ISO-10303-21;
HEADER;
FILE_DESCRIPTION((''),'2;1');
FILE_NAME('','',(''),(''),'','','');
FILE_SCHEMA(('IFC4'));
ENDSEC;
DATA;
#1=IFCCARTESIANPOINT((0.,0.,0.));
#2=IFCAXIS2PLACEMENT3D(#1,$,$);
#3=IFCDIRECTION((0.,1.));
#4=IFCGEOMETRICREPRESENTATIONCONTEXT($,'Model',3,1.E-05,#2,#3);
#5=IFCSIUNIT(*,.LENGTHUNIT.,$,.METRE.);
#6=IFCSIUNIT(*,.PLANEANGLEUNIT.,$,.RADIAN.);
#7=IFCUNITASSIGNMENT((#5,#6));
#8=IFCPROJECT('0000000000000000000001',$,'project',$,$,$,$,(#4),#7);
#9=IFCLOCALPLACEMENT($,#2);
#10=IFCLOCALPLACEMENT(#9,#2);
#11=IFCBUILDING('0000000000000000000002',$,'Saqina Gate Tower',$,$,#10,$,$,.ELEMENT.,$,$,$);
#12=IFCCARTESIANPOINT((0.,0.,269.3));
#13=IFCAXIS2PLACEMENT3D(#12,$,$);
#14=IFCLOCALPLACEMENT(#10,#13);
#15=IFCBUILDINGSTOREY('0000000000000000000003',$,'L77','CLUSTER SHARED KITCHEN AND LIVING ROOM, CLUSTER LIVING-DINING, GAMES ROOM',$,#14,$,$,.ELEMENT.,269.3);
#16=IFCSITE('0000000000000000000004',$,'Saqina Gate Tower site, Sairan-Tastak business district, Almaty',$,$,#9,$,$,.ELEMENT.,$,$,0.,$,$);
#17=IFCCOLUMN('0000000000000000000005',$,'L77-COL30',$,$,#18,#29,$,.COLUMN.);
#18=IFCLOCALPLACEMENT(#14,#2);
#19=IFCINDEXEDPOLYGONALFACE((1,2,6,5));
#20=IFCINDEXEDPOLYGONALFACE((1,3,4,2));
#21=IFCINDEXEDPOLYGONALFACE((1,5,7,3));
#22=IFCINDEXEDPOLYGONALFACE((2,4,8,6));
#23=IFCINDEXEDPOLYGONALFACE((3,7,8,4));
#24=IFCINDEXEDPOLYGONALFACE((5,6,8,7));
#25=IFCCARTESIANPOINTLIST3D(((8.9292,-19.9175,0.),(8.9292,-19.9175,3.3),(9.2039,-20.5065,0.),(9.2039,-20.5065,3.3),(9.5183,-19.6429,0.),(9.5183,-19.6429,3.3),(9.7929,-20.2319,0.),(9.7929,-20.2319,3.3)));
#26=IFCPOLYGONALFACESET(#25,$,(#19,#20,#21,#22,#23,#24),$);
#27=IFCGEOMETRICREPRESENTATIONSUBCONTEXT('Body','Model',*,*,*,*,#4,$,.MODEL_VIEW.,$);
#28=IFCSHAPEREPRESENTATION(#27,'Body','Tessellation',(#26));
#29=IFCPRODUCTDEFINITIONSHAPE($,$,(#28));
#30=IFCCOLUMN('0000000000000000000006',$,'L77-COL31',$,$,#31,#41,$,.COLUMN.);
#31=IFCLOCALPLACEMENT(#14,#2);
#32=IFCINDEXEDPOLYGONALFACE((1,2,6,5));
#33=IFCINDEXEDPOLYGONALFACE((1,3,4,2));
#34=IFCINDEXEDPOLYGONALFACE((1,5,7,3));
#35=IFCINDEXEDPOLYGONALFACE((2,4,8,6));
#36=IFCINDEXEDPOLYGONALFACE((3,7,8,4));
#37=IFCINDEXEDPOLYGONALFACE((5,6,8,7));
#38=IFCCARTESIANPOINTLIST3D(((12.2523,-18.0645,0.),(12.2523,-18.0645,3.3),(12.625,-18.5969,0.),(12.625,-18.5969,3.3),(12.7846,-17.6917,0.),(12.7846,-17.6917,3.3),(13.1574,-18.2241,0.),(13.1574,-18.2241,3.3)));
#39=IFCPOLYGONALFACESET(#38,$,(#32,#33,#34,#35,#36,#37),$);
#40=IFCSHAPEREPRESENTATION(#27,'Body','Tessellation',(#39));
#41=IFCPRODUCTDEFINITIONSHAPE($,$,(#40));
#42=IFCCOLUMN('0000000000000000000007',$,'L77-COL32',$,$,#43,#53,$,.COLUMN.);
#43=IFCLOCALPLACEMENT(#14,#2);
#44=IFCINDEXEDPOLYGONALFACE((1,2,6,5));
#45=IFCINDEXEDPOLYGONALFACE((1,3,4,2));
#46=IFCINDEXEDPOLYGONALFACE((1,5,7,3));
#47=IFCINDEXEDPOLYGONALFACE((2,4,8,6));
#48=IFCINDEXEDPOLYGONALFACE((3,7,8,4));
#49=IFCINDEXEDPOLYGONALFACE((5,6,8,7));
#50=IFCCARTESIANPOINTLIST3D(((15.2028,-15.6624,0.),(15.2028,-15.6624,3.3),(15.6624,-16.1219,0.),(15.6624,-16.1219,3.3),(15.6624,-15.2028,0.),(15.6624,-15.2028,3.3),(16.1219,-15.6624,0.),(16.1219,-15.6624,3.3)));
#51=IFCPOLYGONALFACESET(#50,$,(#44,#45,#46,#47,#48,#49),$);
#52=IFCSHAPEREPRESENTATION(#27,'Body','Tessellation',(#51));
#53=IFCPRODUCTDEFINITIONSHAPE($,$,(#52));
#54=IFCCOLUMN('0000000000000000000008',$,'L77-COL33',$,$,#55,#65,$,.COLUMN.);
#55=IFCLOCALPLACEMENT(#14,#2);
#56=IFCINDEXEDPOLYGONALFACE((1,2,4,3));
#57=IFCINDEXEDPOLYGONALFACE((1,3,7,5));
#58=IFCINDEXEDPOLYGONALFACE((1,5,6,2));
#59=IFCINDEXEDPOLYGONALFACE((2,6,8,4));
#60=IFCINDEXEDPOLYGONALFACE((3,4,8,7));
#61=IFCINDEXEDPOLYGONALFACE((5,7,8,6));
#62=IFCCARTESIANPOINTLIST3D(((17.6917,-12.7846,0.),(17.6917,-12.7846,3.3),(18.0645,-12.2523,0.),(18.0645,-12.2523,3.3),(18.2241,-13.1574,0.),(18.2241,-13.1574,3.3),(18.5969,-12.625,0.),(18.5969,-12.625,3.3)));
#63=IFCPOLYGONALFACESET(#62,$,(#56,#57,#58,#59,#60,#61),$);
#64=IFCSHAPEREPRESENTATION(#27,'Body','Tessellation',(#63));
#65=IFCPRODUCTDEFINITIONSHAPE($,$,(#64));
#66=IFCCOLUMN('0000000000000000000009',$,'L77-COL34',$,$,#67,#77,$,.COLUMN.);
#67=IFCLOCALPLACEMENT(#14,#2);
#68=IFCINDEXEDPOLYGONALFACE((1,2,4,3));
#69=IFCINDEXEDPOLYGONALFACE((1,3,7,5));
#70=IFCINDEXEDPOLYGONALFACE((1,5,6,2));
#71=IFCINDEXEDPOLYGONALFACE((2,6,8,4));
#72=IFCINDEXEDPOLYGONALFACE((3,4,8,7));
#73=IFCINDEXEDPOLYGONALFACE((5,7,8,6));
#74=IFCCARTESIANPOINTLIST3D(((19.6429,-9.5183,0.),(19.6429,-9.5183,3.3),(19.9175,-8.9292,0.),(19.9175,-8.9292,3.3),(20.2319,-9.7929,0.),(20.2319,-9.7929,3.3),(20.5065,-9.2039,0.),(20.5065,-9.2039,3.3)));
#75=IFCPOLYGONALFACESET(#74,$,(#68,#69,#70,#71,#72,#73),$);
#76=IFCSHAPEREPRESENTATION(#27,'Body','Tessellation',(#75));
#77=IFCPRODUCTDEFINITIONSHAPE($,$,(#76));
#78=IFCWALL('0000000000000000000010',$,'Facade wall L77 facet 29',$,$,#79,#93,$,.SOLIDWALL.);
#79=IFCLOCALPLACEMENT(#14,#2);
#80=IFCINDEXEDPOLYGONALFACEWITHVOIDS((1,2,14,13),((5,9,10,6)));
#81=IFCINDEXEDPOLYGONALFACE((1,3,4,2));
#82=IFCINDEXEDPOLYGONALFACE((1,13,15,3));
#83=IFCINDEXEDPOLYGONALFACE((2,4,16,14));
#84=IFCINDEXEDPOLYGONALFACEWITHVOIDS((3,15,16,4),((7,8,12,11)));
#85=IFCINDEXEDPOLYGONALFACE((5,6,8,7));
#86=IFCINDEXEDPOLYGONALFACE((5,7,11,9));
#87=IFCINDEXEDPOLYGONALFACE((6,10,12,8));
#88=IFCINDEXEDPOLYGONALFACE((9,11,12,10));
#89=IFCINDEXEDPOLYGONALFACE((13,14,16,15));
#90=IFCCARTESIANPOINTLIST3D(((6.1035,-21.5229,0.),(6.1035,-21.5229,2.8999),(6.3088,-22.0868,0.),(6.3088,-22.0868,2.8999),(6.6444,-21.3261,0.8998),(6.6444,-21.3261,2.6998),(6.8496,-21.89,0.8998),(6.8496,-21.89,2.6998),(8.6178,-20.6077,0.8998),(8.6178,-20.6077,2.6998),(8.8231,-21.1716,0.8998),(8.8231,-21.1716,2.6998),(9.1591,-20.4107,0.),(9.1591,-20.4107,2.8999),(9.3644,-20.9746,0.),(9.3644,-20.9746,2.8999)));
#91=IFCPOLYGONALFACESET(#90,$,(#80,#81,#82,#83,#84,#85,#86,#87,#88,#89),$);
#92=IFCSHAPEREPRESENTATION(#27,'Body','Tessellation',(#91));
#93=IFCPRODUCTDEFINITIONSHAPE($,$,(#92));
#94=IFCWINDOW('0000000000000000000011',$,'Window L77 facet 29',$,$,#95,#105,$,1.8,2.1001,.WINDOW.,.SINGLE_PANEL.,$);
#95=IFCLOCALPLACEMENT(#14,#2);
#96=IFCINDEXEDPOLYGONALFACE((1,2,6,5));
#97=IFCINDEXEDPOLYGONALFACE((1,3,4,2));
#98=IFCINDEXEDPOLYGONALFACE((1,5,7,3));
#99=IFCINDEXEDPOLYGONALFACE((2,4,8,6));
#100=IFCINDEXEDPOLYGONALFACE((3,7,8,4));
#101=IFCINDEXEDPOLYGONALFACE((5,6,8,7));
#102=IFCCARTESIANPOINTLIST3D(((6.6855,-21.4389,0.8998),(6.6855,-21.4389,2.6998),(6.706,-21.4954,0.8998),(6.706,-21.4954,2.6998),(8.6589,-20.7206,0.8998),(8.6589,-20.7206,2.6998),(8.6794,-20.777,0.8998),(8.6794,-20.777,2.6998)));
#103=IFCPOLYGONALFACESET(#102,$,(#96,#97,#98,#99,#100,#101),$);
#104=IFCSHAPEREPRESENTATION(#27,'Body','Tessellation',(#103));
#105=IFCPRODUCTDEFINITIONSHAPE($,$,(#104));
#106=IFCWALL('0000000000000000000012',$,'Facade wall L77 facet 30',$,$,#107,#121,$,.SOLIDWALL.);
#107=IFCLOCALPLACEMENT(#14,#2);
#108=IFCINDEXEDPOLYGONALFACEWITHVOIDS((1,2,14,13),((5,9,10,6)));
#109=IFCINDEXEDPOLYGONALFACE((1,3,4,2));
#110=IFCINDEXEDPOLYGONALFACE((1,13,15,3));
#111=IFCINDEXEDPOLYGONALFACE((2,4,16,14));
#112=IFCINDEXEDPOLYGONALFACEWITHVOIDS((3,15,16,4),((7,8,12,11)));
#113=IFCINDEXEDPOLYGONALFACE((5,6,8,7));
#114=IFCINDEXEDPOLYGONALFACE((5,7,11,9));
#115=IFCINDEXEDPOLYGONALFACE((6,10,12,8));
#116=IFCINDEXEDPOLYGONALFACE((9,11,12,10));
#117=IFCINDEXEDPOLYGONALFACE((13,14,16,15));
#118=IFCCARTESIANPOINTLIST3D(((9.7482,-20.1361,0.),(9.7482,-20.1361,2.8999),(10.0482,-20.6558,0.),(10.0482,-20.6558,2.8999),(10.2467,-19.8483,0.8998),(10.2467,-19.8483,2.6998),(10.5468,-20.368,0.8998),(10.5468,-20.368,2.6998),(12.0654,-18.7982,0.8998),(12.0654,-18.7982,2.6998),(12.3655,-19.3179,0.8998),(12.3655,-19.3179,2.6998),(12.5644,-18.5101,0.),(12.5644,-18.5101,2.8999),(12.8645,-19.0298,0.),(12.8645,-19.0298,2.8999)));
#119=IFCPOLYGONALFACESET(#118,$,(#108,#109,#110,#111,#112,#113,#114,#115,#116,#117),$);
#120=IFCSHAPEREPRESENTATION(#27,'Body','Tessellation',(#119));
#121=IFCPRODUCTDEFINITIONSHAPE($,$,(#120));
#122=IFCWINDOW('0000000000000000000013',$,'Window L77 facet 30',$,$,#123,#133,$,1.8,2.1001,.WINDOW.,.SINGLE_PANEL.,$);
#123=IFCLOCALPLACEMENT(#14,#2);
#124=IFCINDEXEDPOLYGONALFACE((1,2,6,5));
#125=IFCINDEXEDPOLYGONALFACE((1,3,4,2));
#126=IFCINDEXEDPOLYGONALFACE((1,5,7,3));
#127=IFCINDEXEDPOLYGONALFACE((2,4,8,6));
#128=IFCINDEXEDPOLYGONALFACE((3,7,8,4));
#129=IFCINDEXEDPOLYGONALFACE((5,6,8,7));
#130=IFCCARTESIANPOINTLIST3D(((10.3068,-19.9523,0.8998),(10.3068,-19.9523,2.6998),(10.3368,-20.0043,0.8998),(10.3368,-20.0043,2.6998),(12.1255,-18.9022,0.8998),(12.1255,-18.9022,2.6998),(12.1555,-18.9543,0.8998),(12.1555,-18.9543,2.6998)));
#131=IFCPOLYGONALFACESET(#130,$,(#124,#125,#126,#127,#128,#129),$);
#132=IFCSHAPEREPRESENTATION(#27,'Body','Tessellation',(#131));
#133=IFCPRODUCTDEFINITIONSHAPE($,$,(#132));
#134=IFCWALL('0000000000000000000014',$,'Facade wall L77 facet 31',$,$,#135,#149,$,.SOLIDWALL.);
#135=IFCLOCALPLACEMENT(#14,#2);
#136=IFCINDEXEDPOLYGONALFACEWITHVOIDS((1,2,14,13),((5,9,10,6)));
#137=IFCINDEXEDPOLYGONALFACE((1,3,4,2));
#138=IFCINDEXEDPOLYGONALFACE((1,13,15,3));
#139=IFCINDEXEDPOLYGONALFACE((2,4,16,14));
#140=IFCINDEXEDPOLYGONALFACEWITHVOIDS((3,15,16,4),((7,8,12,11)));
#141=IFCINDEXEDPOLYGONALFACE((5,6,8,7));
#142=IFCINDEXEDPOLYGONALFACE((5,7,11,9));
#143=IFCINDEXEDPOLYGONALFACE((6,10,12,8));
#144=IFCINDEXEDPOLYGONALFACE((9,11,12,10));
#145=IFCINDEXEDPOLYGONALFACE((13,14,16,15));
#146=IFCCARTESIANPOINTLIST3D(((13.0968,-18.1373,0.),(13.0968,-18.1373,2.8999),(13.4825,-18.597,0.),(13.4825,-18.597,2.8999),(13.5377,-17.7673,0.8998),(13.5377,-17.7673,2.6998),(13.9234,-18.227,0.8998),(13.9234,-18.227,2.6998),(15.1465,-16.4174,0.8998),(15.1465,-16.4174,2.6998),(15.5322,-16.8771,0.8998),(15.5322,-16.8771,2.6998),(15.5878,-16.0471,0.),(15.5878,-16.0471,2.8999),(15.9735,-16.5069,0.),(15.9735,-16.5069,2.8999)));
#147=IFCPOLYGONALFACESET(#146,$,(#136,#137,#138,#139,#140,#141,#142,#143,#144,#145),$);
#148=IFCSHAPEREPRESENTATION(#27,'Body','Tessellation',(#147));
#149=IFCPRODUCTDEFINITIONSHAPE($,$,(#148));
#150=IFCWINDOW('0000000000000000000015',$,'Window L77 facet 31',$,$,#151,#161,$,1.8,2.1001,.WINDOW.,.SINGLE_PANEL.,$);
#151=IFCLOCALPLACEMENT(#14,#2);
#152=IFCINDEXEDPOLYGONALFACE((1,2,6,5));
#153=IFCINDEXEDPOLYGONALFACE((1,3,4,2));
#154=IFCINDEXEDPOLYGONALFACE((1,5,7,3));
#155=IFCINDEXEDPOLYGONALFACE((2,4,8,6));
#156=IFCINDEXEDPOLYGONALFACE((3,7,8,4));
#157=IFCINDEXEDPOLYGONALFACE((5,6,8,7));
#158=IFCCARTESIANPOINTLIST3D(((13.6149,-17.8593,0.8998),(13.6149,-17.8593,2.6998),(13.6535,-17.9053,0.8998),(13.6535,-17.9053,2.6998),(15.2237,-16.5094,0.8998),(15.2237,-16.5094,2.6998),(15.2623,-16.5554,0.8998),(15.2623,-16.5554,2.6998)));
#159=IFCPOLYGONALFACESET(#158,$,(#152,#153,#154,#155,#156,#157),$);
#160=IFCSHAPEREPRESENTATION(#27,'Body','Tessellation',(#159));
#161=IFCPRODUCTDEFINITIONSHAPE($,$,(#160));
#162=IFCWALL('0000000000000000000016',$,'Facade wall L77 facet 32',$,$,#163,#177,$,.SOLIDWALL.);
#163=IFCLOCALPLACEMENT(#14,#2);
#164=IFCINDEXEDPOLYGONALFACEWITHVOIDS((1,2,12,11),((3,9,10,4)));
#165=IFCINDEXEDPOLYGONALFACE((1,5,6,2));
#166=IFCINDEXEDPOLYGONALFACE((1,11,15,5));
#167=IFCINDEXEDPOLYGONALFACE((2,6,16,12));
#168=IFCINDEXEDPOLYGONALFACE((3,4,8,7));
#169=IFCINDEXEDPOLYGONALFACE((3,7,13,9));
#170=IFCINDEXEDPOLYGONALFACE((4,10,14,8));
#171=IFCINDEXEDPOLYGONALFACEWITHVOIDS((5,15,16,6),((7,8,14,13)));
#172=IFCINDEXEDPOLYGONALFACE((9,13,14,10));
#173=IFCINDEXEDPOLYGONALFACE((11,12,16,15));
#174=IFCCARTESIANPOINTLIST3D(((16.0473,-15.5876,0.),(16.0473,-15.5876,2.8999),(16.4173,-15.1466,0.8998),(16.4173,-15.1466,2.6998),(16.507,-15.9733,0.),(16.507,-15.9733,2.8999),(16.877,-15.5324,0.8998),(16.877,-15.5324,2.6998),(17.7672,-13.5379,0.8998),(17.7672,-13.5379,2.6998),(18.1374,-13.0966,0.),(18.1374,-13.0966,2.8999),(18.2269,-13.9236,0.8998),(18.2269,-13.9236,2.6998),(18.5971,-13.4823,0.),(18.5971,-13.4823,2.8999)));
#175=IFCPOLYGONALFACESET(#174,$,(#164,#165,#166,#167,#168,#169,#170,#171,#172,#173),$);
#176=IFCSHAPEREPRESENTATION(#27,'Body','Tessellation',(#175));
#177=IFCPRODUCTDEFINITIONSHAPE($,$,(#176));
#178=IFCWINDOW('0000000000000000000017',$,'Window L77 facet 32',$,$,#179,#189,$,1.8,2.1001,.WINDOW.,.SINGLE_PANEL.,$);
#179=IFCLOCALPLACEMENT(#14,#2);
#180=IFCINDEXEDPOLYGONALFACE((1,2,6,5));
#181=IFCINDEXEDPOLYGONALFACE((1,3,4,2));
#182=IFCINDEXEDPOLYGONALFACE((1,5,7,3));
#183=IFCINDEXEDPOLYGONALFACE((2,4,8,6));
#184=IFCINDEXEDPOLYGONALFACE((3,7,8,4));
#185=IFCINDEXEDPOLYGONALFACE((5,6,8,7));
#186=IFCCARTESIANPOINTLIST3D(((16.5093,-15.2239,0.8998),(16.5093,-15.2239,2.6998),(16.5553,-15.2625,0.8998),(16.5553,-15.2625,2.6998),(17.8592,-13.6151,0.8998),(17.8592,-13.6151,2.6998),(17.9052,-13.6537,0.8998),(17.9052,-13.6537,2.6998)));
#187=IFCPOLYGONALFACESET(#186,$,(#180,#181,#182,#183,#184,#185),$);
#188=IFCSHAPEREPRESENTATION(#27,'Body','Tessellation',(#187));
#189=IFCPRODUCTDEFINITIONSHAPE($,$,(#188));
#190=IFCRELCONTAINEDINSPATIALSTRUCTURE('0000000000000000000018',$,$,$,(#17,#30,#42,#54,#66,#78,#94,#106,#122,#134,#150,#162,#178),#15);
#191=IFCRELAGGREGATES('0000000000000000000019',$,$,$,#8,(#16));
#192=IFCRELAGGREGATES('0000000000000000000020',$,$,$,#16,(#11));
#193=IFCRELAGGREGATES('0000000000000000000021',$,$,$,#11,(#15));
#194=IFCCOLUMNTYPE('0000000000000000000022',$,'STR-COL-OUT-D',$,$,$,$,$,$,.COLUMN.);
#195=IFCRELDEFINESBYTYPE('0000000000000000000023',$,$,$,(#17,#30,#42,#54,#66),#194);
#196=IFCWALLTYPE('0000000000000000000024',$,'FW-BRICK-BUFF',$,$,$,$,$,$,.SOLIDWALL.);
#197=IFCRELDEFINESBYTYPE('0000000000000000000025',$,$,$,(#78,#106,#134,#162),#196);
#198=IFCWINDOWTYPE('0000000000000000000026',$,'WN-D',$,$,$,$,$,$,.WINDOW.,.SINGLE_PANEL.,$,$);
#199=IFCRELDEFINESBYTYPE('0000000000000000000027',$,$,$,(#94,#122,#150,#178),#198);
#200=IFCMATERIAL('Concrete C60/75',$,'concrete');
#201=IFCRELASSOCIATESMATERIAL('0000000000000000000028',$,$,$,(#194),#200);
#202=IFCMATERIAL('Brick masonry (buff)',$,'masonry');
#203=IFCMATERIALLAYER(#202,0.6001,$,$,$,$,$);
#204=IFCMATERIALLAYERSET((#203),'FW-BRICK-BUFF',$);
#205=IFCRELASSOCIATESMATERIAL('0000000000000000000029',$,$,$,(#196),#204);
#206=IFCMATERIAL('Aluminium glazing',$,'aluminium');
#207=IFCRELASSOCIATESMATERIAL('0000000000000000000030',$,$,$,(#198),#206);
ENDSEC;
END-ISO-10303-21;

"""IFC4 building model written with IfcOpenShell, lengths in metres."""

from ifc_helpers import new_model, si_unit, direction, frame, frame_2d, origin, origin_2d, place, context, subcontext, project, spatial, rectangle, extrude, material, layer, layer_set, material_profile, profile_set, type_object, element, fill, save


model = new_model("IFC4")

# Units and contexts
model_context = context("Model", 3, precision=1e-05, world=origin(), true_north=direction((0.0, 1.0)))
body_context = subcontext(model_context, "Body", "Model", "MODEL_VIEW")
ifc_project = project(units=[si_unit("LENGTHUNIT", "METRE"), si_unit("PLANEANGLEUNIT", "RADIAN")], contexts=[model_context])

# Site, building, storey
site_placement = place(None, origin())
site = spatial("IfcSite", under=ifc_project, at=site_placement, Name="Saqina Gate Tower site, Sairan-Tastak business district, Almaty", CompositionType="ELEMENT", RefElevation=0.0)
building_placement = place(site_placement, origin())
building = spatial("IfcBuilding", under=site, at=building_placement, Name="Saqina Gate Tower", CompositionType="ELEMENT")
storey_placement = place(building_placement, frame((0.0, 0.0, 269.3)))
storey = spatial("IfcBuildingStorey", under=building, at=storey_placement, Name="L77", Description="CLUSTER SHARED KITCHEN AND LIVING ROOM, CLUSTER LIVING-DINING, GAMES ROOM", CompositionType="ELEMENT", Elevation=269.3)

# Columns
ifc_material_1 = material(Name="Concrete C60/75", Category="concrete")
ifc_material_profile = material_profile(ifc_material_1, rectangle(XDim=0.6499, YDim=0.6499, at=origin_2d()), Name="RC 650x650")
ifc_profile_set = profile_set([ifc_material_profile], Name="Concrete C60/75")
column_type = type_object("IfcColumnType", Name="STR-COL-OUT-D", PredefinedType="COLUMN", material=ifc_profile_set)
for number, where, z_axis, x_axis, name in (
    (1, (9.3611, -20.0747, 0.0), (0.0, 0.0, 1.0), (0.422618, -0.906308, 0.0), "L77-COL30"),
    (2, (12.7048, -18.1443, 0.0), (0.0, 0.0, 1.0), (0.573576, -0.819152, 0.0), "L77-COL31"),
    (3, (15.6624, -15.6624, 0.0), (0.0, 0.0, 1.0), (0.707107, -0.707107, 0.0), "L77-COL32"),
    (4, (18.1443, -12.7048, 0.0), (0.0, 0.0, 1.0), (0.819152, -0.573576, 0.0), "L77-COL33"),
    (5, (20.0747, -9.3611, 0.0), (0.0, 0.0, 1.0), (0.906308, -0.422618, 0.0), "L77-COL34"),
):
    element("IfcColumn", number, at=place(storey_placement, frame(where, z_axis=z_axis, x_axis=x_axis)), inside=storey, type_object=column_type, Name=name, PredefinedType="COLUMN", context=body_context, shape_type="SweptSolid", body=[
        extrude(rectangle(XDim=0.6499, YDim=0.6499, at=origin_2d()), origin(), (0.0, 0.0, 1.0), 3.3),
    ])

# Walls, openings, windows
ifc_material_2 = material(Name="Brick masonry (buff)", Category="masonry")
ifc_layer_1 = layer(ifc_material_2, 0.6001)
ifc_layer_set_1 = layer_set([ifc_layer_1], Name="FW-BRICK-BUFF")
wall_type_1 = type_object("IfcWallType", Name="FW-BRICK-BUFF", PredefinedType="SOLIDWALL", material=ifc_layer_set_1)
wall_1_placement = place(storey_placement, frame((6.2061, -21.8049, 0.0), z_axis=(0.0, 0.0, 1.0), x_axis=(0.939679, 0.342057, 0.0)))
wall_1 = element("IfcWall", 6, at=wall_1_placement, inside=storey, type_object=wall_type_1, Name="Facade wall L77 facet 29", PredefinedType="SOLIDWALL", context=body_context, shape_type="SweptSolid", body=[
    extrude(rectangle(XDim=3.2517, YDim=0.6001, at=frame_2d((1.626, 0.0))), origin(), (0.0, 0.0, 1.0), 2.8999),
])
opening_1_placement = place(wall_1_placement, frame((0.5757, 0.0, 0.8999)))
opening_1 = element("IfcOpeningElement", 7, at=opening_1_placement, cuts=wall_1, PredefinedType="OPENING", context=body_context, shape_type="SweptSolid", body=[
    extrude(rectangle(XDim=2.1001, YDim=1.8, at=frame_2d((1.05, 0.8999))), frame((0.0, 0.312, 0.0), z_axis=(0.0, -1.0, 0.0), x_axis=(1.0, 0.0, 0.0)), (0.0, 0.0, 1.0), 0.624),
])
ifc_material_3 = material(Name="Aluminium glazing", Category="aluminium")
window_type = type_object("IfcWindowType", Name="WN-D", PartitioningType="SINGLE_PANEL", PredefinedType="WINDOW", material=ifc_material_3)
window_1_placement = place(opening_1_placement, origin())
window_1 = element("IfcWindow", 8, at=window_1_placement, inside=storey, type_object=window_type, Name="Window L77 facet 29", OverallHeight=1.8, OverallWidth=2.1001, PartitioningType="SINGLE_PANEL", PredefinedType="WINDOW", context=body_context, shape_type="SweptSolid", body=[
    extrude(rectangle(XDim=2.1001, YDim=1.8, at=frame_2d((1.05, 0.8999))), frame((0.0, 0.1799, 0.0), z_axis=(0.0, -1.0, 0.0), x_axis=(1.0, 0.0, 0.0)), (0.0, 0.0, 1.0), 0.0601),
])
fill(opening_1, window_1)
wall_2_placement = place(storey_placement, frame((9.8982, -20.396, 0.0), z_axis=(0.0, 0.0, 1.0), x_axis=(0.866017, 0.500015, 0.0)))
wall_2 = element("IfcWall", 9, at=wall_2_placement, inside=storey, type_object=wall_type_1, Name="Facade wall L77 facet 30", PredefinedType="SOLIDWALL", context=body_context, shape_type="SweptSolid", body=[
    extrude(rectangle(XDim=3.252, YDim=0.6001, at=frame_2d((1.626, 0.0))), origin(), (0.0, 0.0, 1.0), 2.8999),
])
opening_2_placement = place(wall_2_placement, frame((0.5757, 0.0, 0.8999)))
opening_2 = element("IfcOpeningElement", 10, at=opening_2_placement, cuts=wall_2, PredefinedType="OPENING", context=body_context, shape_type="SweptSolid", body=[
    extrude(rectangle(XDim=2.1001, YDim=1.8, at=frame_2d((1.05, 0.8999))), frame((0.0, 0.312, 0.0), z_axis=(0.0, -1.0, 0.0), x_axis=(1.0, 0.0, 0.0)), (0.0, 0.0, 1.0), 0.624),
])
window_2_placement = place(opening_2_placement, origin())
window_2 = element("IfcWindow", 11, at=window_2_placement, inside=storey, type_object=window_type, Name="Window L77 facet 30", OverallHeight=1.8, OverallWidth=2.1001, PartitioningType="SINGLE_PANEL", PredefinedType="WINDOW", context=body_context, shape_type="SweptSolid", body=[
    extrude(rectangle(XDim=2.1001, YDim=1.8, at=frame_2d((1.05, 0.8999))), frame((0.0, 0.1799, 0.0), z_axis=(0.0, -1.0, 0.0), x_axis=(1.0, 0.0, 0.0)), (0.0, 0.0, 1.0), 0.0601),
])
fill(opening_2, window_2)
wall_3_placement = place(storey_placement, frame((13.2896, -18.3672, 0.0), z_axis=(0.0, 0.0, 1.0), x_axis=(0.766057, 0.642773, 0.0)))
wall_3 = element("IfcWall", 12, at=wall_3_placement, inside=storey, type_object=wall_type_1, Name="Facade wall L77 facet 31", PredefinedType="SOLIDWALL", context=body_context, shape_type="SweptSolid", body=[
    extrude(rectangle(XDim=3.2517, YDim=0.6001, at=frame_2d((1.626, 0.0))), origin(), (0.0, 0.0, 1.0), 2.8999),
])
opening_3_placement = place(wall_3_placement, frame((0.5757, 0.0, 0.8999)))
opening_3 = element("IfcOpeningElement", 13, at=opening_3_placement, cuts=wall_3, PredefinedType="OPENING", context=body_context, shape_type="SweptSolid", body=[
    extrude(rectangle(XDim=2.1001, YDim=1.8, at=frame_2d((1.05, 0.8999))), frame((0.0, 0.312, 0.0), z_axis=(0.0, -1.0, 0.0), x_axis=(1.0, 0.0, 0.0)), (0.0, 0.0, 1.0), 0.624),
])
window_3_placement = place(opening_3_placement, origin())
window_3 = element("IfcWindow", 14, at=window_3_placement, inside=storey, type_object=window_type, Name="Window L77 facet 31", OverallHeight=1.8, OverallWidth=2.1001, PartitioningType="SINGLE_PANEL", PredefinedType="WINDOW", context=body_context, shape_type="SweptSolid", body=[
    extrude(rectangle(XDim=2.1001, YDim=1.8, at=frame_2d((1.05, 0.8999))), frame((0.0, 0.1799, 0.0), z_axis=(0.0, -1.0, 0.0), x_axis=(1.0, 0.0, 0.0)), (0.0, 0.0, 1.0), 0.0601),
])
fill(opening_3, window_3)
wall_4_placement = place(storey_placement, frame((16.2771, -15.7805, 0.0), z_axis=(0.0, 0.0, 1.0), x_axis=(0.642773, 0.766057, 0.0)))
wall_4 = element("IfcWall", 15, at=wall_4_placement, inside=storey, type_object=wall_type_1, Name="Facade wall L77 facet 32", PredefinedType="SOLIDWALL", context=body_context, shape_type="SweptSolid", body=[
    extrude(rectangle(XDim=3.2517, YDim=0.6001, at=frame_2d((1.626, 0.0))), origin(), (0.0, 0.0, 1.0), 2.8999),
])
opening_4_placement = place(wall_4_placement, frame((0.5757, 0.0, 0.8999)))
opening_4 = element("IfcOpeningElement", 16, at=opening_4_placement, cuts=wall_4, PredefinedType="OPENING", context=body_context, shape_type="SweptSolid", body=[
    extrude(rectangle(XDim=2.1001, YDim=1.8, at=frame_2d((1.05, 0.8999))), frame((0.0, 0.312, 0.0), z_axis=(0.0, -1.0, 0.0), x_axis=(1.0, 0.0, 0.0)), (0.0, 0.0, 1.0), 0.624),
])
window_4_placement = place(opening_4_placement, origin())
window_4 = element("IfcWindow", 17, at=window_4_placement, inside=storey, type_object=window_type, Name="Window L77 facet 32", OverallHeight=1.8, OverallWidth=2.1001, PartitioningType="SINGLE_PANEL", PredefinedType="WINDOW", context=body_context, shape_type="SweptSolid", body=[
    extrude(rectangle(XDim=2.1001, YDim=1.8, at=frame_2d((1.05, 0.8999))), frame((0.0, 0.1799, 0.0), z_axis=(0.0, -1.0, 0.0), x_axis=(1.0, 0.0, 0.0)), (0.0, 0.0, 1.0), 0.0601),
])
fill(opening_4, window_4)

save(model, "model.ifc")
